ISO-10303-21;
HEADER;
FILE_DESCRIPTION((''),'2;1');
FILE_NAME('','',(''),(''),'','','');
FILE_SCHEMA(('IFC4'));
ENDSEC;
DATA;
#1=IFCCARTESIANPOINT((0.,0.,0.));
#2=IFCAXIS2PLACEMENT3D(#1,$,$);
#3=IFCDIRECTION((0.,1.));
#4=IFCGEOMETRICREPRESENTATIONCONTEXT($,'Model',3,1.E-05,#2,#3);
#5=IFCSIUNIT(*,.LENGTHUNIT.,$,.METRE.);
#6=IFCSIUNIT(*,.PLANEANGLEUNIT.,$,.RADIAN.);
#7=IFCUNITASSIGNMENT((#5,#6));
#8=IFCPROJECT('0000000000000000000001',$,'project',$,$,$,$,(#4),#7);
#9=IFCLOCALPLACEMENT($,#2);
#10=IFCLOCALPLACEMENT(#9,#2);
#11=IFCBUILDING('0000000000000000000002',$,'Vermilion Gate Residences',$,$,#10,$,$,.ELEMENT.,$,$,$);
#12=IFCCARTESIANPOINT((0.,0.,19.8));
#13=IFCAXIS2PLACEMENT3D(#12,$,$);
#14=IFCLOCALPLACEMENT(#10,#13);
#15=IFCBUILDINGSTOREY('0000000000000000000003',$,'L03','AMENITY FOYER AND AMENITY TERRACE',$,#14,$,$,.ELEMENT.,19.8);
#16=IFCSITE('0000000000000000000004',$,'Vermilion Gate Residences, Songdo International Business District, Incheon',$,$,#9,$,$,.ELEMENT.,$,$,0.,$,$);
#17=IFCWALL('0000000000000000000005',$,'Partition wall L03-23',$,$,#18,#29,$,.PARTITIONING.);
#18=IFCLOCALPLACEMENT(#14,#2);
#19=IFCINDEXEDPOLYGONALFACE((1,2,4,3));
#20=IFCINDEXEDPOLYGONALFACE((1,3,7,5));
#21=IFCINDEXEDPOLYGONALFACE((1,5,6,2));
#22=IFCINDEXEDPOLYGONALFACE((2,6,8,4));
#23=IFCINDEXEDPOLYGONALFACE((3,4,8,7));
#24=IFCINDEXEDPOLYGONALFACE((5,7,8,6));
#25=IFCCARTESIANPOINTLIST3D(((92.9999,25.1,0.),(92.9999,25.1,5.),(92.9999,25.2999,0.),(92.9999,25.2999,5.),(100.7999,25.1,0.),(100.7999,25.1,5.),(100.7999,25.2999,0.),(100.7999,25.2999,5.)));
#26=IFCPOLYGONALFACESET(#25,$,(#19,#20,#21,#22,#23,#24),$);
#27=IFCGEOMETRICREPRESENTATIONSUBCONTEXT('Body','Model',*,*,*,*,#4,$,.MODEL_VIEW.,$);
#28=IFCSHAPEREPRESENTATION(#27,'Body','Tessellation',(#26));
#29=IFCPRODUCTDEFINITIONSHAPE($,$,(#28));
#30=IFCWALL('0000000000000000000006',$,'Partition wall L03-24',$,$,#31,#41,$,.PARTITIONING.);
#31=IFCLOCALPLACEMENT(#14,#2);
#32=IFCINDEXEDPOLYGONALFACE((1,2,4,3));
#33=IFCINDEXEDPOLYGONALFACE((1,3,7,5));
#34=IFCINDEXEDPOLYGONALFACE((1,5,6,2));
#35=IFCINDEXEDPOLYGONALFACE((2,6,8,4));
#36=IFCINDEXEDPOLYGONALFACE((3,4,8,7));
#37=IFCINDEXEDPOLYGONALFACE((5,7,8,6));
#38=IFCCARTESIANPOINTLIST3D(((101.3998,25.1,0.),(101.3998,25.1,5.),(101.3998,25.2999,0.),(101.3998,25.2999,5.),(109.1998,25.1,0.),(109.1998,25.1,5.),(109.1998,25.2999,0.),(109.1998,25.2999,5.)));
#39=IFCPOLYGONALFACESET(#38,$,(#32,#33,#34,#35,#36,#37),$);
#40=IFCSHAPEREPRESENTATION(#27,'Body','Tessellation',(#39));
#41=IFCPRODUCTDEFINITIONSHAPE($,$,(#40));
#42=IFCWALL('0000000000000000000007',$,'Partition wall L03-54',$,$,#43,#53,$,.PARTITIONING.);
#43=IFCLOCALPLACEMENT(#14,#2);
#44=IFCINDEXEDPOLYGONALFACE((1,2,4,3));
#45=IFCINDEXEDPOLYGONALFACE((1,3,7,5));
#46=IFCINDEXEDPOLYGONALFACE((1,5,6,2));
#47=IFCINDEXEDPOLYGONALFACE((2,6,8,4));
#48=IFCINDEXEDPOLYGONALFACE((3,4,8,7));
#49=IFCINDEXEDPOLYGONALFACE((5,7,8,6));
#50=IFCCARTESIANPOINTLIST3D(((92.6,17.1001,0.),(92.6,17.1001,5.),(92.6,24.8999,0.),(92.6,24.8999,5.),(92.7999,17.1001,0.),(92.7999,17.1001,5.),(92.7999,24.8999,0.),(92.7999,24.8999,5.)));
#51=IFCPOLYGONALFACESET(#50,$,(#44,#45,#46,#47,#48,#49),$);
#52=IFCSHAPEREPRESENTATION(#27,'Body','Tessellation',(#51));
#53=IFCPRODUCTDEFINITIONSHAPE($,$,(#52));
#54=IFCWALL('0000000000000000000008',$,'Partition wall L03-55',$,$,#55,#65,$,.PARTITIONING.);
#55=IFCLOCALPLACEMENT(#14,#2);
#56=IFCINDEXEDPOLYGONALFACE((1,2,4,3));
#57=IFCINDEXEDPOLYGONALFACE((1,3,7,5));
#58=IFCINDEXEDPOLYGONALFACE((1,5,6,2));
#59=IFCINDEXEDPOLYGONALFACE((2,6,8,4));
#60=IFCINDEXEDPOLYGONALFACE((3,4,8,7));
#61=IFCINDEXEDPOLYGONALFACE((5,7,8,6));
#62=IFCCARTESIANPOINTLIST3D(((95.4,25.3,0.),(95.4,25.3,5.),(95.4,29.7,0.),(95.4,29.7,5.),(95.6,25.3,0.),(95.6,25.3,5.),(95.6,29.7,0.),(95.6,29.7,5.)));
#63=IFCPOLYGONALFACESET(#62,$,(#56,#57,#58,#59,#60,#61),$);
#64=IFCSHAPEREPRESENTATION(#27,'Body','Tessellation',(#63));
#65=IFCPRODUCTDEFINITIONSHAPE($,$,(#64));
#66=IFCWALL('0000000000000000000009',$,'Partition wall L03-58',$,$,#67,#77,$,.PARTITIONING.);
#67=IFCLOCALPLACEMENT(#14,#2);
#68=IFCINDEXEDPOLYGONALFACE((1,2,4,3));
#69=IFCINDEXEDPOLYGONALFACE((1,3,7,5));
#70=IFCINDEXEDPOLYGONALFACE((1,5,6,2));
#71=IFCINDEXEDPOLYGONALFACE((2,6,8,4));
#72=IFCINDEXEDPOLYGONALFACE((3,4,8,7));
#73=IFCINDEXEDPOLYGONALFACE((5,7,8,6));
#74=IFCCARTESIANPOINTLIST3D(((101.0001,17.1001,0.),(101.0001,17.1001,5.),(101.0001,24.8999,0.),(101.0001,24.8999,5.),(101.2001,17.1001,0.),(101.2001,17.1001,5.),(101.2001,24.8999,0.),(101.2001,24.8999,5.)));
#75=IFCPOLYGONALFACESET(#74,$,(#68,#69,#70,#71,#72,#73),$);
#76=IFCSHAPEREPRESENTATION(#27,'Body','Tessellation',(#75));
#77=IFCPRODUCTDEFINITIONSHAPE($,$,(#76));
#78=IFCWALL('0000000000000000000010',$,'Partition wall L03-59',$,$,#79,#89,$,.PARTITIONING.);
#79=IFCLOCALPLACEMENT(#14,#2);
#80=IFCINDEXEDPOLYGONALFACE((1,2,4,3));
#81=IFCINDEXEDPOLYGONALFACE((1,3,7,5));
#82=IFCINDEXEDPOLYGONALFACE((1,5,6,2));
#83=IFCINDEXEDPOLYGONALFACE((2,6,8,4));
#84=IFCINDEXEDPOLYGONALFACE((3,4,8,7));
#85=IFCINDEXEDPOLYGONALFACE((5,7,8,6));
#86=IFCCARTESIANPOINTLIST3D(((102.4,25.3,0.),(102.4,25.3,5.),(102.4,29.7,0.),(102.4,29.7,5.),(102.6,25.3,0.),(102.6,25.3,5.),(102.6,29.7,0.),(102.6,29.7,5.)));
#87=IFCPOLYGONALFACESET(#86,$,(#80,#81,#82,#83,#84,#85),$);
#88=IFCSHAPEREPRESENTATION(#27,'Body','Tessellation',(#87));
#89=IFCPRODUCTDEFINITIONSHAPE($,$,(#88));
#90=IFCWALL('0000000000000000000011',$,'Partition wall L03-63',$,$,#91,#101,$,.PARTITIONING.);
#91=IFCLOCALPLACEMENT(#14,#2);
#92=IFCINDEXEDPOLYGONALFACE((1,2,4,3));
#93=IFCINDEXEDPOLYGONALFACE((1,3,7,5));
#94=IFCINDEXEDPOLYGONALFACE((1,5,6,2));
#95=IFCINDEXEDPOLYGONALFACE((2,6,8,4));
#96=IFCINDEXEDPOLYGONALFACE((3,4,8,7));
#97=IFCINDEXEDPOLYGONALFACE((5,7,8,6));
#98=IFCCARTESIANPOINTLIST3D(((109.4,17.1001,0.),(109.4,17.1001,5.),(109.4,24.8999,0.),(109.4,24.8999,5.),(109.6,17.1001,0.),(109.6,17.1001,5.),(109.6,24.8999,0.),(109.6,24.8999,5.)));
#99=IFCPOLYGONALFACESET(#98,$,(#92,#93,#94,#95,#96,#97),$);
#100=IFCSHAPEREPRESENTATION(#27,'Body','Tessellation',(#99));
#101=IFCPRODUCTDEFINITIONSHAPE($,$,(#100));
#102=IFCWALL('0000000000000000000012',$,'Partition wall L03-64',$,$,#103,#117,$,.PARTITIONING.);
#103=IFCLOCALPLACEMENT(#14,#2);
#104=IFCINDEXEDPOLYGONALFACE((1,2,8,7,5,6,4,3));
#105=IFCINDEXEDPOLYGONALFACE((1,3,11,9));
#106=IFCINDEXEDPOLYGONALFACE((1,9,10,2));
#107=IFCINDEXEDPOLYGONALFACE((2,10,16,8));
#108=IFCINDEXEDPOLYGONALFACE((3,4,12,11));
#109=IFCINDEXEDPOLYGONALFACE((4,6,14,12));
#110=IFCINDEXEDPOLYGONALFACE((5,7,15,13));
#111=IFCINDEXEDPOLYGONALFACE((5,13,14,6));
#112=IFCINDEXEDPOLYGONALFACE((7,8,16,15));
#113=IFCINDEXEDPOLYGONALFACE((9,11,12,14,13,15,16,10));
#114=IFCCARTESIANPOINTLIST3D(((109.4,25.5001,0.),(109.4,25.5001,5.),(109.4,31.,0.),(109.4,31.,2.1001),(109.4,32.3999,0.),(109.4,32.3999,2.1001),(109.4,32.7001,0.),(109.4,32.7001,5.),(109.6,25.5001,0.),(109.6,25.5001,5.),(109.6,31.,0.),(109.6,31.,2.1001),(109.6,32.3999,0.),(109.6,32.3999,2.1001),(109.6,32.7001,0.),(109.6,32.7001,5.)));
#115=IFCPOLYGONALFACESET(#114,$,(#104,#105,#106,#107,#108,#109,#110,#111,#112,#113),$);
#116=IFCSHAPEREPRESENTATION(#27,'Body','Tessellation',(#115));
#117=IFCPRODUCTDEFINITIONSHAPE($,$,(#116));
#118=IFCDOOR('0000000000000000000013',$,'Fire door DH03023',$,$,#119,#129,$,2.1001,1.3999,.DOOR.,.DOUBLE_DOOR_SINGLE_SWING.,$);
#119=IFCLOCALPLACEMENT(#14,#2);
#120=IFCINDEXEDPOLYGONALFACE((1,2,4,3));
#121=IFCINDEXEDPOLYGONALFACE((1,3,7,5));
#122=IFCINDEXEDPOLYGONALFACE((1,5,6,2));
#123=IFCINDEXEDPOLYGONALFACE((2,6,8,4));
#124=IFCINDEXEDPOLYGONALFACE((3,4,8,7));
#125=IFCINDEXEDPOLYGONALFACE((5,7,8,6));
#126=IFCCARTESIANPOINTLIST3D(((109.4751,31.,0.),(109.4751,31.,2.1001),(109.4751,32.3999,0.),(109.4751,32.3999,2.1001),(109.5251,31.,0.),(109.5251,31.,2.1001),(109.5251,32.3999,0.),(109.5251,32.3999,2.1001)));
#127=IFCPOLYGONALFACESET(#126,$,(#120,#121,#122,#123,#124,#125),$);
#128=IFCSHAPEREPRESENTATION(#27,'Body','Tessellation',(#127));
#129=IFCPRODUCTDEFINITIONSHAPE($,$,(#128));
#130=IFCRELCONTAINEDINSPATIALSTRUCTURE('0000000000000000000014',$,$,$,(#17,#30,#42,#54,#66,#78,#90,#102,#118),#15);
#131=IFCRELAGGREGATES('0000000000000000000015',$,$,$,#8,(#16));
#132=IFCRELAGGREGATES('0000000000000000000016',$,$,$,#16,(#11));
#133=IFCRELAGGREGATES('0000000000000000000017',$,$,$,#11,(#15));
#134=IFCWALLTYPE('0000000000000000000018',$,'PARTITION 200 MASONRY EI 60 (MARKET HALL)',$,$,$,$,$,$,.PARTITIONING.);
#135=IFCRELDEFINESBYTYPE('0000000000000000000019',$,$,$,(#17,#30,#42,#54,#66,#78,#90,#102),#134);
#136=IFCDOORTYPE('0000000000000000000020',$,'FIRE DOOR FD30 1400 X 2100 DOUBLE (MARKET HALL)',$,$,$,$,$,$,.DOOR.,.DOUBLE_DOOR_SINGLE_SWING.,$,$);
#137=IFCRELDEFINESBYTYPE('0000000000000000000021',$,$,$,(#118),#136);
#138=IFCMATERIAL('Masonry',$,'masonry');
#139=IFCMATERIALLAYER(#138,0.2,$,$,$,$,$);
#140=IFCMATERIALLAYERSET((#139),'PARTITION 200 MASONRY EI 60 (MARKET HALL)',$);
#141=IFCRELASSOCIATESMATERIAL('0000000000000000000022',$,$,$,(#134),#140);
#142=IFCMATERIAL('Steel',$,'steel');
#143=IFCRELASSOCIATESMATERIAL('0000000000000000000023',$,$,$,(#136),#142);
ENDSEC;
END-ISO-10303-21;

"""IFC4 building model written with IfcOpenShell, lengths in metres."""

from ifc_helpers import new_model, si_unit, direction, frame, frame_2d, origin, place, context, subcontext, project, spatial, rectangle, extrude, material, layer, layer_set, type_object, element, fill, save


model = new_model("IFC4")

# Units and contexts
model_context = context("Model", 3, precision=1e-05, world=origin(), true_north=direction((0.0, 1.0)))
body_context = subcontext(model_context, "Body", "Model", "MODEL_VIEW")
ifc_project = project(units=[si_unit("LENGTHUNIT", "METRE"), si_unit("PLANEANGLEUNIT", "RADIAN")], contexts=[model_context])

# Site, building, storey
site_placement = place(None, origin())
site = spatial("IfcSite", under=ifc_project, at=site_placement, Name="Vermilion Gate Residences, Songdo International Business District, Incheon", CompositionType="ELEMENT", RefElevation=0.0)
building_placement = place(site_placement, origin())
building = spatial("IfcBuilding", under=site, at=building_placement, Name="Vermilion Gate Residences", CompositionType="ELEMENT")
storey_placement = place(building_placement, frame((0.0, 0.0, 19.8)))
storey = spatial("IfcBuildingStorey", under=building, at=storey_placement, Name="L03", Description="AMENITY FOYER AND AMENITY TERRACE", CompositionType="ELEMENT", Elevation=19.8)

# Walls
ifc_material_1 = material(Name="Masonry", Category="masonry")
ifc_layer_1 = layer(ifc_material_1, 0.2)
ifc_layer_set_1 = layer_set([ifc_layer_1], Name="PARTITION 200 MASONRY EI 60 (MARKET HALL)")
wall_type_1 = type_object("IfcWallType", Name="PARTITION 200 MASONRY EI 60 (MARKET HALL)", PredefinedType="PARTITIONING", material=ifc_layer_set_1)
for number, where, z_axis, x_axis, name in (
    (1, (93.0, 25.2, 0.0), (0.0, 0.0, 1.0), (1.0, 0.0, 0.0), "Partition wall L03-23"),
    (2, (101.3999, 25.2, 0.0), (0.0, 0.0, 1.0), (1.0, 0.0, 0.0), "Partition wall L03-24"),
):
    element("IfcWall", number, at=place(storey_placement, frame(where, z_axis=z_axis, x_axis=x_axis)), inside=storey, type_object=wall_type_1, Name=name, PredefinedType="PARTITIONING", context=body_context, shape_type="SweptSolid", body=[
        extrude(rectangle(XDim=7.8, YDim=0.2, at=frame_2d((3.8999, 0.0))), origin(), (0.0, 0.0, 1.0), 5.0),
    ])
wall_1_placement = place(storey_placement, frame((92.7, 17.1001, 0.0), z_axis=(0.0, 0.0, 1.0), x_axis=(0.0, 1.0, 0.0)))
element("IfcWall", 3, at=wall_1_placement, inside=storey, type_object=wall_type_1, Name="Partition wall L03-54", PredefinedType="PARTITIONING", context=body_context, shape_type="SweptSolid", body=[
    extrude(rectangle(XDim=7.7998, YDim=0.2, at=frame_2d((3.8999, 0.0))), origin(), (0.0, 0.0, 1.0), 5.0),
])
wall_2_placement = place(storey_placement, frame((95.5, 25.3, 0.0), z_axis=(0.0, 0.0, 1.0), x_axis=(0.0, 1.0, 0.0)))
element("IfcWall", 4, at=wall_2_placement, inside=storey, type_object=wall_type_1, Name="Partition wall L03-55", PredefinedType="PARTITIONING", context=body_context, shape_type="SweptSolid", body=[
    extrude(rectangle(XDim=4.3999, YDim=0.2, at=frame_2d((2.2, 0.0))), origin(), (0.0, 0.0, 1.0), 5.0),
])
wall_3_placement = place(storey_placement, frame((101.1001, 17.1001, 0.0), z_axis=(0.0, 0.0, 1.0), x_axis=(0.0, 1.0, 0.0)))
element("IfcWall", 5, at=wall_3_placement, inside=storey, type_object=wall_type_1, Name="Partition wall L03-58", PredefinedType="PARTITIONING", context=body_context, shape_type="SweptSolid", body=[
    extrude(rectangle(XDim=7.7998, YDim=0.2, at=frame_2d((3.8999, 0.0))), origin(), (0.0, 0.0, 1.0), 5.0),
])
wall_4_placement = place(storey_placement, frame((102.5, 25.3, 0.0), z_axis=(0.0, 0.0, 1.0), x_axis=(0.0, 1.0, 0.0)))
element("IfcWall", 6, at=wall_4_placement, inside=storey, type_object=wall_type_1, Name="Partition wall L03-59", PredefinedType="PARTITIONING", context=body_context, shape_type="SweptSolid", body=[
    extrude(rectangle(XDim=4.3999, YDim=0.2, at=frame_2d((2.2, 0.0))), origin(), (0.0, 0.0, 1.0), 5.0),
])
wall_5_placement = place(storey_placement, frame((109.5, 17.1001, 0.0), z_axis=(0.0, 0.0, 1.0), x_axis=(0.0, 1.0, 0.0)))
element("IfcWall", 7, at=wall_5_placement, inside=storey, type_object=wall_type_1, Name="Partition wall L03-63", PredefinedType="PARTITIONING", context=body_context, shape_type="SweptSolid", body=[
    extrude(rectangle(XDim=7.7998, YDim=0.2, at=frame_2d((3.8999, 0.0))), origin(), (0.0, 0.0, 1.0), 5.0),
])

# Wall, opening, door
wall_6_placement = place(storey_placement, frame((109.5, 25.5, 0.0), z_axis=(0.0, 0.0, 1.0), x_axis=(0.0, 1.0, 0.0)))
wall_6 = element("IfcWall", 8, at=wall_6_placement, inside=storey, type_object=wall_type_1, Name="Partition wall L03-64", PredefinedType="PARTITIONING", context=body_context, shape_type="SweptSolid", body=[
    extrude(rectangle(XDim=7.2, YDim=0.2, at=frame_2d((3.6001, 0.0))), origin(), (0.0, 0.0, 1.0), 5.0),
])
opening_1_placement = place(wall_6_placement, frame((5.5, 0.0, 0.0)))
opening_1 = element("IfcOpeningElement", 9, at=opening_1_placement, cuts=wall_6, PredefinedType="OPENING", context=body_context, shape_type="SweptSolid", body=[
    extrude(rectangle(XDim=1.3999, YDim=2.1001, at=frame_2d((0.7, 1.05))), frame((0.0, 0.1099, 0.0), z_axis=(0.0, -1.0, 0.0), x_axis=(1.0, 0.0, 0.0)), (0.0, 0.0, 1.0), 0.22),
])
ifc_material_2 = material(Name="Steel", Category="steel")
door_type = type_object("IfcDoorType", Name="FIRE DOOR FD30 1400 X 2100 DOUBLE (MARKET HALL)", OperationType="DOUBLE_DOOR_SINGLE_SWING", PredefinedType="DOOR", material=ifc_material_2)
door_placement = place(opening_1_placement, origin())
door = element("IfcDoor", 10, at=door_placement, inside=storey, type_object=door_type, Name="Fire door DH03023", OperationType="DOUBLE_DOOR_SINGLE_SWING", OverallHeight=2.1001, OverallWidth=1.3999, PredefinedType="DOOR", context=body_context, shape_type="SweptSolid", body=[
    extrude(rectangle(XDim=1.3999, YDim=2.1001, at=frame_2d((0.7, 1.05))), frame((0.0, 0.0249, 0.0), z_axis=(0.0, -1.0, 0.0), x_axis=(1.0, 0.0, 0.0)), (0.0, 0.0, 1.0), 0.05),
])
fill(opening_1, door)

save(model, "model.ifc")
